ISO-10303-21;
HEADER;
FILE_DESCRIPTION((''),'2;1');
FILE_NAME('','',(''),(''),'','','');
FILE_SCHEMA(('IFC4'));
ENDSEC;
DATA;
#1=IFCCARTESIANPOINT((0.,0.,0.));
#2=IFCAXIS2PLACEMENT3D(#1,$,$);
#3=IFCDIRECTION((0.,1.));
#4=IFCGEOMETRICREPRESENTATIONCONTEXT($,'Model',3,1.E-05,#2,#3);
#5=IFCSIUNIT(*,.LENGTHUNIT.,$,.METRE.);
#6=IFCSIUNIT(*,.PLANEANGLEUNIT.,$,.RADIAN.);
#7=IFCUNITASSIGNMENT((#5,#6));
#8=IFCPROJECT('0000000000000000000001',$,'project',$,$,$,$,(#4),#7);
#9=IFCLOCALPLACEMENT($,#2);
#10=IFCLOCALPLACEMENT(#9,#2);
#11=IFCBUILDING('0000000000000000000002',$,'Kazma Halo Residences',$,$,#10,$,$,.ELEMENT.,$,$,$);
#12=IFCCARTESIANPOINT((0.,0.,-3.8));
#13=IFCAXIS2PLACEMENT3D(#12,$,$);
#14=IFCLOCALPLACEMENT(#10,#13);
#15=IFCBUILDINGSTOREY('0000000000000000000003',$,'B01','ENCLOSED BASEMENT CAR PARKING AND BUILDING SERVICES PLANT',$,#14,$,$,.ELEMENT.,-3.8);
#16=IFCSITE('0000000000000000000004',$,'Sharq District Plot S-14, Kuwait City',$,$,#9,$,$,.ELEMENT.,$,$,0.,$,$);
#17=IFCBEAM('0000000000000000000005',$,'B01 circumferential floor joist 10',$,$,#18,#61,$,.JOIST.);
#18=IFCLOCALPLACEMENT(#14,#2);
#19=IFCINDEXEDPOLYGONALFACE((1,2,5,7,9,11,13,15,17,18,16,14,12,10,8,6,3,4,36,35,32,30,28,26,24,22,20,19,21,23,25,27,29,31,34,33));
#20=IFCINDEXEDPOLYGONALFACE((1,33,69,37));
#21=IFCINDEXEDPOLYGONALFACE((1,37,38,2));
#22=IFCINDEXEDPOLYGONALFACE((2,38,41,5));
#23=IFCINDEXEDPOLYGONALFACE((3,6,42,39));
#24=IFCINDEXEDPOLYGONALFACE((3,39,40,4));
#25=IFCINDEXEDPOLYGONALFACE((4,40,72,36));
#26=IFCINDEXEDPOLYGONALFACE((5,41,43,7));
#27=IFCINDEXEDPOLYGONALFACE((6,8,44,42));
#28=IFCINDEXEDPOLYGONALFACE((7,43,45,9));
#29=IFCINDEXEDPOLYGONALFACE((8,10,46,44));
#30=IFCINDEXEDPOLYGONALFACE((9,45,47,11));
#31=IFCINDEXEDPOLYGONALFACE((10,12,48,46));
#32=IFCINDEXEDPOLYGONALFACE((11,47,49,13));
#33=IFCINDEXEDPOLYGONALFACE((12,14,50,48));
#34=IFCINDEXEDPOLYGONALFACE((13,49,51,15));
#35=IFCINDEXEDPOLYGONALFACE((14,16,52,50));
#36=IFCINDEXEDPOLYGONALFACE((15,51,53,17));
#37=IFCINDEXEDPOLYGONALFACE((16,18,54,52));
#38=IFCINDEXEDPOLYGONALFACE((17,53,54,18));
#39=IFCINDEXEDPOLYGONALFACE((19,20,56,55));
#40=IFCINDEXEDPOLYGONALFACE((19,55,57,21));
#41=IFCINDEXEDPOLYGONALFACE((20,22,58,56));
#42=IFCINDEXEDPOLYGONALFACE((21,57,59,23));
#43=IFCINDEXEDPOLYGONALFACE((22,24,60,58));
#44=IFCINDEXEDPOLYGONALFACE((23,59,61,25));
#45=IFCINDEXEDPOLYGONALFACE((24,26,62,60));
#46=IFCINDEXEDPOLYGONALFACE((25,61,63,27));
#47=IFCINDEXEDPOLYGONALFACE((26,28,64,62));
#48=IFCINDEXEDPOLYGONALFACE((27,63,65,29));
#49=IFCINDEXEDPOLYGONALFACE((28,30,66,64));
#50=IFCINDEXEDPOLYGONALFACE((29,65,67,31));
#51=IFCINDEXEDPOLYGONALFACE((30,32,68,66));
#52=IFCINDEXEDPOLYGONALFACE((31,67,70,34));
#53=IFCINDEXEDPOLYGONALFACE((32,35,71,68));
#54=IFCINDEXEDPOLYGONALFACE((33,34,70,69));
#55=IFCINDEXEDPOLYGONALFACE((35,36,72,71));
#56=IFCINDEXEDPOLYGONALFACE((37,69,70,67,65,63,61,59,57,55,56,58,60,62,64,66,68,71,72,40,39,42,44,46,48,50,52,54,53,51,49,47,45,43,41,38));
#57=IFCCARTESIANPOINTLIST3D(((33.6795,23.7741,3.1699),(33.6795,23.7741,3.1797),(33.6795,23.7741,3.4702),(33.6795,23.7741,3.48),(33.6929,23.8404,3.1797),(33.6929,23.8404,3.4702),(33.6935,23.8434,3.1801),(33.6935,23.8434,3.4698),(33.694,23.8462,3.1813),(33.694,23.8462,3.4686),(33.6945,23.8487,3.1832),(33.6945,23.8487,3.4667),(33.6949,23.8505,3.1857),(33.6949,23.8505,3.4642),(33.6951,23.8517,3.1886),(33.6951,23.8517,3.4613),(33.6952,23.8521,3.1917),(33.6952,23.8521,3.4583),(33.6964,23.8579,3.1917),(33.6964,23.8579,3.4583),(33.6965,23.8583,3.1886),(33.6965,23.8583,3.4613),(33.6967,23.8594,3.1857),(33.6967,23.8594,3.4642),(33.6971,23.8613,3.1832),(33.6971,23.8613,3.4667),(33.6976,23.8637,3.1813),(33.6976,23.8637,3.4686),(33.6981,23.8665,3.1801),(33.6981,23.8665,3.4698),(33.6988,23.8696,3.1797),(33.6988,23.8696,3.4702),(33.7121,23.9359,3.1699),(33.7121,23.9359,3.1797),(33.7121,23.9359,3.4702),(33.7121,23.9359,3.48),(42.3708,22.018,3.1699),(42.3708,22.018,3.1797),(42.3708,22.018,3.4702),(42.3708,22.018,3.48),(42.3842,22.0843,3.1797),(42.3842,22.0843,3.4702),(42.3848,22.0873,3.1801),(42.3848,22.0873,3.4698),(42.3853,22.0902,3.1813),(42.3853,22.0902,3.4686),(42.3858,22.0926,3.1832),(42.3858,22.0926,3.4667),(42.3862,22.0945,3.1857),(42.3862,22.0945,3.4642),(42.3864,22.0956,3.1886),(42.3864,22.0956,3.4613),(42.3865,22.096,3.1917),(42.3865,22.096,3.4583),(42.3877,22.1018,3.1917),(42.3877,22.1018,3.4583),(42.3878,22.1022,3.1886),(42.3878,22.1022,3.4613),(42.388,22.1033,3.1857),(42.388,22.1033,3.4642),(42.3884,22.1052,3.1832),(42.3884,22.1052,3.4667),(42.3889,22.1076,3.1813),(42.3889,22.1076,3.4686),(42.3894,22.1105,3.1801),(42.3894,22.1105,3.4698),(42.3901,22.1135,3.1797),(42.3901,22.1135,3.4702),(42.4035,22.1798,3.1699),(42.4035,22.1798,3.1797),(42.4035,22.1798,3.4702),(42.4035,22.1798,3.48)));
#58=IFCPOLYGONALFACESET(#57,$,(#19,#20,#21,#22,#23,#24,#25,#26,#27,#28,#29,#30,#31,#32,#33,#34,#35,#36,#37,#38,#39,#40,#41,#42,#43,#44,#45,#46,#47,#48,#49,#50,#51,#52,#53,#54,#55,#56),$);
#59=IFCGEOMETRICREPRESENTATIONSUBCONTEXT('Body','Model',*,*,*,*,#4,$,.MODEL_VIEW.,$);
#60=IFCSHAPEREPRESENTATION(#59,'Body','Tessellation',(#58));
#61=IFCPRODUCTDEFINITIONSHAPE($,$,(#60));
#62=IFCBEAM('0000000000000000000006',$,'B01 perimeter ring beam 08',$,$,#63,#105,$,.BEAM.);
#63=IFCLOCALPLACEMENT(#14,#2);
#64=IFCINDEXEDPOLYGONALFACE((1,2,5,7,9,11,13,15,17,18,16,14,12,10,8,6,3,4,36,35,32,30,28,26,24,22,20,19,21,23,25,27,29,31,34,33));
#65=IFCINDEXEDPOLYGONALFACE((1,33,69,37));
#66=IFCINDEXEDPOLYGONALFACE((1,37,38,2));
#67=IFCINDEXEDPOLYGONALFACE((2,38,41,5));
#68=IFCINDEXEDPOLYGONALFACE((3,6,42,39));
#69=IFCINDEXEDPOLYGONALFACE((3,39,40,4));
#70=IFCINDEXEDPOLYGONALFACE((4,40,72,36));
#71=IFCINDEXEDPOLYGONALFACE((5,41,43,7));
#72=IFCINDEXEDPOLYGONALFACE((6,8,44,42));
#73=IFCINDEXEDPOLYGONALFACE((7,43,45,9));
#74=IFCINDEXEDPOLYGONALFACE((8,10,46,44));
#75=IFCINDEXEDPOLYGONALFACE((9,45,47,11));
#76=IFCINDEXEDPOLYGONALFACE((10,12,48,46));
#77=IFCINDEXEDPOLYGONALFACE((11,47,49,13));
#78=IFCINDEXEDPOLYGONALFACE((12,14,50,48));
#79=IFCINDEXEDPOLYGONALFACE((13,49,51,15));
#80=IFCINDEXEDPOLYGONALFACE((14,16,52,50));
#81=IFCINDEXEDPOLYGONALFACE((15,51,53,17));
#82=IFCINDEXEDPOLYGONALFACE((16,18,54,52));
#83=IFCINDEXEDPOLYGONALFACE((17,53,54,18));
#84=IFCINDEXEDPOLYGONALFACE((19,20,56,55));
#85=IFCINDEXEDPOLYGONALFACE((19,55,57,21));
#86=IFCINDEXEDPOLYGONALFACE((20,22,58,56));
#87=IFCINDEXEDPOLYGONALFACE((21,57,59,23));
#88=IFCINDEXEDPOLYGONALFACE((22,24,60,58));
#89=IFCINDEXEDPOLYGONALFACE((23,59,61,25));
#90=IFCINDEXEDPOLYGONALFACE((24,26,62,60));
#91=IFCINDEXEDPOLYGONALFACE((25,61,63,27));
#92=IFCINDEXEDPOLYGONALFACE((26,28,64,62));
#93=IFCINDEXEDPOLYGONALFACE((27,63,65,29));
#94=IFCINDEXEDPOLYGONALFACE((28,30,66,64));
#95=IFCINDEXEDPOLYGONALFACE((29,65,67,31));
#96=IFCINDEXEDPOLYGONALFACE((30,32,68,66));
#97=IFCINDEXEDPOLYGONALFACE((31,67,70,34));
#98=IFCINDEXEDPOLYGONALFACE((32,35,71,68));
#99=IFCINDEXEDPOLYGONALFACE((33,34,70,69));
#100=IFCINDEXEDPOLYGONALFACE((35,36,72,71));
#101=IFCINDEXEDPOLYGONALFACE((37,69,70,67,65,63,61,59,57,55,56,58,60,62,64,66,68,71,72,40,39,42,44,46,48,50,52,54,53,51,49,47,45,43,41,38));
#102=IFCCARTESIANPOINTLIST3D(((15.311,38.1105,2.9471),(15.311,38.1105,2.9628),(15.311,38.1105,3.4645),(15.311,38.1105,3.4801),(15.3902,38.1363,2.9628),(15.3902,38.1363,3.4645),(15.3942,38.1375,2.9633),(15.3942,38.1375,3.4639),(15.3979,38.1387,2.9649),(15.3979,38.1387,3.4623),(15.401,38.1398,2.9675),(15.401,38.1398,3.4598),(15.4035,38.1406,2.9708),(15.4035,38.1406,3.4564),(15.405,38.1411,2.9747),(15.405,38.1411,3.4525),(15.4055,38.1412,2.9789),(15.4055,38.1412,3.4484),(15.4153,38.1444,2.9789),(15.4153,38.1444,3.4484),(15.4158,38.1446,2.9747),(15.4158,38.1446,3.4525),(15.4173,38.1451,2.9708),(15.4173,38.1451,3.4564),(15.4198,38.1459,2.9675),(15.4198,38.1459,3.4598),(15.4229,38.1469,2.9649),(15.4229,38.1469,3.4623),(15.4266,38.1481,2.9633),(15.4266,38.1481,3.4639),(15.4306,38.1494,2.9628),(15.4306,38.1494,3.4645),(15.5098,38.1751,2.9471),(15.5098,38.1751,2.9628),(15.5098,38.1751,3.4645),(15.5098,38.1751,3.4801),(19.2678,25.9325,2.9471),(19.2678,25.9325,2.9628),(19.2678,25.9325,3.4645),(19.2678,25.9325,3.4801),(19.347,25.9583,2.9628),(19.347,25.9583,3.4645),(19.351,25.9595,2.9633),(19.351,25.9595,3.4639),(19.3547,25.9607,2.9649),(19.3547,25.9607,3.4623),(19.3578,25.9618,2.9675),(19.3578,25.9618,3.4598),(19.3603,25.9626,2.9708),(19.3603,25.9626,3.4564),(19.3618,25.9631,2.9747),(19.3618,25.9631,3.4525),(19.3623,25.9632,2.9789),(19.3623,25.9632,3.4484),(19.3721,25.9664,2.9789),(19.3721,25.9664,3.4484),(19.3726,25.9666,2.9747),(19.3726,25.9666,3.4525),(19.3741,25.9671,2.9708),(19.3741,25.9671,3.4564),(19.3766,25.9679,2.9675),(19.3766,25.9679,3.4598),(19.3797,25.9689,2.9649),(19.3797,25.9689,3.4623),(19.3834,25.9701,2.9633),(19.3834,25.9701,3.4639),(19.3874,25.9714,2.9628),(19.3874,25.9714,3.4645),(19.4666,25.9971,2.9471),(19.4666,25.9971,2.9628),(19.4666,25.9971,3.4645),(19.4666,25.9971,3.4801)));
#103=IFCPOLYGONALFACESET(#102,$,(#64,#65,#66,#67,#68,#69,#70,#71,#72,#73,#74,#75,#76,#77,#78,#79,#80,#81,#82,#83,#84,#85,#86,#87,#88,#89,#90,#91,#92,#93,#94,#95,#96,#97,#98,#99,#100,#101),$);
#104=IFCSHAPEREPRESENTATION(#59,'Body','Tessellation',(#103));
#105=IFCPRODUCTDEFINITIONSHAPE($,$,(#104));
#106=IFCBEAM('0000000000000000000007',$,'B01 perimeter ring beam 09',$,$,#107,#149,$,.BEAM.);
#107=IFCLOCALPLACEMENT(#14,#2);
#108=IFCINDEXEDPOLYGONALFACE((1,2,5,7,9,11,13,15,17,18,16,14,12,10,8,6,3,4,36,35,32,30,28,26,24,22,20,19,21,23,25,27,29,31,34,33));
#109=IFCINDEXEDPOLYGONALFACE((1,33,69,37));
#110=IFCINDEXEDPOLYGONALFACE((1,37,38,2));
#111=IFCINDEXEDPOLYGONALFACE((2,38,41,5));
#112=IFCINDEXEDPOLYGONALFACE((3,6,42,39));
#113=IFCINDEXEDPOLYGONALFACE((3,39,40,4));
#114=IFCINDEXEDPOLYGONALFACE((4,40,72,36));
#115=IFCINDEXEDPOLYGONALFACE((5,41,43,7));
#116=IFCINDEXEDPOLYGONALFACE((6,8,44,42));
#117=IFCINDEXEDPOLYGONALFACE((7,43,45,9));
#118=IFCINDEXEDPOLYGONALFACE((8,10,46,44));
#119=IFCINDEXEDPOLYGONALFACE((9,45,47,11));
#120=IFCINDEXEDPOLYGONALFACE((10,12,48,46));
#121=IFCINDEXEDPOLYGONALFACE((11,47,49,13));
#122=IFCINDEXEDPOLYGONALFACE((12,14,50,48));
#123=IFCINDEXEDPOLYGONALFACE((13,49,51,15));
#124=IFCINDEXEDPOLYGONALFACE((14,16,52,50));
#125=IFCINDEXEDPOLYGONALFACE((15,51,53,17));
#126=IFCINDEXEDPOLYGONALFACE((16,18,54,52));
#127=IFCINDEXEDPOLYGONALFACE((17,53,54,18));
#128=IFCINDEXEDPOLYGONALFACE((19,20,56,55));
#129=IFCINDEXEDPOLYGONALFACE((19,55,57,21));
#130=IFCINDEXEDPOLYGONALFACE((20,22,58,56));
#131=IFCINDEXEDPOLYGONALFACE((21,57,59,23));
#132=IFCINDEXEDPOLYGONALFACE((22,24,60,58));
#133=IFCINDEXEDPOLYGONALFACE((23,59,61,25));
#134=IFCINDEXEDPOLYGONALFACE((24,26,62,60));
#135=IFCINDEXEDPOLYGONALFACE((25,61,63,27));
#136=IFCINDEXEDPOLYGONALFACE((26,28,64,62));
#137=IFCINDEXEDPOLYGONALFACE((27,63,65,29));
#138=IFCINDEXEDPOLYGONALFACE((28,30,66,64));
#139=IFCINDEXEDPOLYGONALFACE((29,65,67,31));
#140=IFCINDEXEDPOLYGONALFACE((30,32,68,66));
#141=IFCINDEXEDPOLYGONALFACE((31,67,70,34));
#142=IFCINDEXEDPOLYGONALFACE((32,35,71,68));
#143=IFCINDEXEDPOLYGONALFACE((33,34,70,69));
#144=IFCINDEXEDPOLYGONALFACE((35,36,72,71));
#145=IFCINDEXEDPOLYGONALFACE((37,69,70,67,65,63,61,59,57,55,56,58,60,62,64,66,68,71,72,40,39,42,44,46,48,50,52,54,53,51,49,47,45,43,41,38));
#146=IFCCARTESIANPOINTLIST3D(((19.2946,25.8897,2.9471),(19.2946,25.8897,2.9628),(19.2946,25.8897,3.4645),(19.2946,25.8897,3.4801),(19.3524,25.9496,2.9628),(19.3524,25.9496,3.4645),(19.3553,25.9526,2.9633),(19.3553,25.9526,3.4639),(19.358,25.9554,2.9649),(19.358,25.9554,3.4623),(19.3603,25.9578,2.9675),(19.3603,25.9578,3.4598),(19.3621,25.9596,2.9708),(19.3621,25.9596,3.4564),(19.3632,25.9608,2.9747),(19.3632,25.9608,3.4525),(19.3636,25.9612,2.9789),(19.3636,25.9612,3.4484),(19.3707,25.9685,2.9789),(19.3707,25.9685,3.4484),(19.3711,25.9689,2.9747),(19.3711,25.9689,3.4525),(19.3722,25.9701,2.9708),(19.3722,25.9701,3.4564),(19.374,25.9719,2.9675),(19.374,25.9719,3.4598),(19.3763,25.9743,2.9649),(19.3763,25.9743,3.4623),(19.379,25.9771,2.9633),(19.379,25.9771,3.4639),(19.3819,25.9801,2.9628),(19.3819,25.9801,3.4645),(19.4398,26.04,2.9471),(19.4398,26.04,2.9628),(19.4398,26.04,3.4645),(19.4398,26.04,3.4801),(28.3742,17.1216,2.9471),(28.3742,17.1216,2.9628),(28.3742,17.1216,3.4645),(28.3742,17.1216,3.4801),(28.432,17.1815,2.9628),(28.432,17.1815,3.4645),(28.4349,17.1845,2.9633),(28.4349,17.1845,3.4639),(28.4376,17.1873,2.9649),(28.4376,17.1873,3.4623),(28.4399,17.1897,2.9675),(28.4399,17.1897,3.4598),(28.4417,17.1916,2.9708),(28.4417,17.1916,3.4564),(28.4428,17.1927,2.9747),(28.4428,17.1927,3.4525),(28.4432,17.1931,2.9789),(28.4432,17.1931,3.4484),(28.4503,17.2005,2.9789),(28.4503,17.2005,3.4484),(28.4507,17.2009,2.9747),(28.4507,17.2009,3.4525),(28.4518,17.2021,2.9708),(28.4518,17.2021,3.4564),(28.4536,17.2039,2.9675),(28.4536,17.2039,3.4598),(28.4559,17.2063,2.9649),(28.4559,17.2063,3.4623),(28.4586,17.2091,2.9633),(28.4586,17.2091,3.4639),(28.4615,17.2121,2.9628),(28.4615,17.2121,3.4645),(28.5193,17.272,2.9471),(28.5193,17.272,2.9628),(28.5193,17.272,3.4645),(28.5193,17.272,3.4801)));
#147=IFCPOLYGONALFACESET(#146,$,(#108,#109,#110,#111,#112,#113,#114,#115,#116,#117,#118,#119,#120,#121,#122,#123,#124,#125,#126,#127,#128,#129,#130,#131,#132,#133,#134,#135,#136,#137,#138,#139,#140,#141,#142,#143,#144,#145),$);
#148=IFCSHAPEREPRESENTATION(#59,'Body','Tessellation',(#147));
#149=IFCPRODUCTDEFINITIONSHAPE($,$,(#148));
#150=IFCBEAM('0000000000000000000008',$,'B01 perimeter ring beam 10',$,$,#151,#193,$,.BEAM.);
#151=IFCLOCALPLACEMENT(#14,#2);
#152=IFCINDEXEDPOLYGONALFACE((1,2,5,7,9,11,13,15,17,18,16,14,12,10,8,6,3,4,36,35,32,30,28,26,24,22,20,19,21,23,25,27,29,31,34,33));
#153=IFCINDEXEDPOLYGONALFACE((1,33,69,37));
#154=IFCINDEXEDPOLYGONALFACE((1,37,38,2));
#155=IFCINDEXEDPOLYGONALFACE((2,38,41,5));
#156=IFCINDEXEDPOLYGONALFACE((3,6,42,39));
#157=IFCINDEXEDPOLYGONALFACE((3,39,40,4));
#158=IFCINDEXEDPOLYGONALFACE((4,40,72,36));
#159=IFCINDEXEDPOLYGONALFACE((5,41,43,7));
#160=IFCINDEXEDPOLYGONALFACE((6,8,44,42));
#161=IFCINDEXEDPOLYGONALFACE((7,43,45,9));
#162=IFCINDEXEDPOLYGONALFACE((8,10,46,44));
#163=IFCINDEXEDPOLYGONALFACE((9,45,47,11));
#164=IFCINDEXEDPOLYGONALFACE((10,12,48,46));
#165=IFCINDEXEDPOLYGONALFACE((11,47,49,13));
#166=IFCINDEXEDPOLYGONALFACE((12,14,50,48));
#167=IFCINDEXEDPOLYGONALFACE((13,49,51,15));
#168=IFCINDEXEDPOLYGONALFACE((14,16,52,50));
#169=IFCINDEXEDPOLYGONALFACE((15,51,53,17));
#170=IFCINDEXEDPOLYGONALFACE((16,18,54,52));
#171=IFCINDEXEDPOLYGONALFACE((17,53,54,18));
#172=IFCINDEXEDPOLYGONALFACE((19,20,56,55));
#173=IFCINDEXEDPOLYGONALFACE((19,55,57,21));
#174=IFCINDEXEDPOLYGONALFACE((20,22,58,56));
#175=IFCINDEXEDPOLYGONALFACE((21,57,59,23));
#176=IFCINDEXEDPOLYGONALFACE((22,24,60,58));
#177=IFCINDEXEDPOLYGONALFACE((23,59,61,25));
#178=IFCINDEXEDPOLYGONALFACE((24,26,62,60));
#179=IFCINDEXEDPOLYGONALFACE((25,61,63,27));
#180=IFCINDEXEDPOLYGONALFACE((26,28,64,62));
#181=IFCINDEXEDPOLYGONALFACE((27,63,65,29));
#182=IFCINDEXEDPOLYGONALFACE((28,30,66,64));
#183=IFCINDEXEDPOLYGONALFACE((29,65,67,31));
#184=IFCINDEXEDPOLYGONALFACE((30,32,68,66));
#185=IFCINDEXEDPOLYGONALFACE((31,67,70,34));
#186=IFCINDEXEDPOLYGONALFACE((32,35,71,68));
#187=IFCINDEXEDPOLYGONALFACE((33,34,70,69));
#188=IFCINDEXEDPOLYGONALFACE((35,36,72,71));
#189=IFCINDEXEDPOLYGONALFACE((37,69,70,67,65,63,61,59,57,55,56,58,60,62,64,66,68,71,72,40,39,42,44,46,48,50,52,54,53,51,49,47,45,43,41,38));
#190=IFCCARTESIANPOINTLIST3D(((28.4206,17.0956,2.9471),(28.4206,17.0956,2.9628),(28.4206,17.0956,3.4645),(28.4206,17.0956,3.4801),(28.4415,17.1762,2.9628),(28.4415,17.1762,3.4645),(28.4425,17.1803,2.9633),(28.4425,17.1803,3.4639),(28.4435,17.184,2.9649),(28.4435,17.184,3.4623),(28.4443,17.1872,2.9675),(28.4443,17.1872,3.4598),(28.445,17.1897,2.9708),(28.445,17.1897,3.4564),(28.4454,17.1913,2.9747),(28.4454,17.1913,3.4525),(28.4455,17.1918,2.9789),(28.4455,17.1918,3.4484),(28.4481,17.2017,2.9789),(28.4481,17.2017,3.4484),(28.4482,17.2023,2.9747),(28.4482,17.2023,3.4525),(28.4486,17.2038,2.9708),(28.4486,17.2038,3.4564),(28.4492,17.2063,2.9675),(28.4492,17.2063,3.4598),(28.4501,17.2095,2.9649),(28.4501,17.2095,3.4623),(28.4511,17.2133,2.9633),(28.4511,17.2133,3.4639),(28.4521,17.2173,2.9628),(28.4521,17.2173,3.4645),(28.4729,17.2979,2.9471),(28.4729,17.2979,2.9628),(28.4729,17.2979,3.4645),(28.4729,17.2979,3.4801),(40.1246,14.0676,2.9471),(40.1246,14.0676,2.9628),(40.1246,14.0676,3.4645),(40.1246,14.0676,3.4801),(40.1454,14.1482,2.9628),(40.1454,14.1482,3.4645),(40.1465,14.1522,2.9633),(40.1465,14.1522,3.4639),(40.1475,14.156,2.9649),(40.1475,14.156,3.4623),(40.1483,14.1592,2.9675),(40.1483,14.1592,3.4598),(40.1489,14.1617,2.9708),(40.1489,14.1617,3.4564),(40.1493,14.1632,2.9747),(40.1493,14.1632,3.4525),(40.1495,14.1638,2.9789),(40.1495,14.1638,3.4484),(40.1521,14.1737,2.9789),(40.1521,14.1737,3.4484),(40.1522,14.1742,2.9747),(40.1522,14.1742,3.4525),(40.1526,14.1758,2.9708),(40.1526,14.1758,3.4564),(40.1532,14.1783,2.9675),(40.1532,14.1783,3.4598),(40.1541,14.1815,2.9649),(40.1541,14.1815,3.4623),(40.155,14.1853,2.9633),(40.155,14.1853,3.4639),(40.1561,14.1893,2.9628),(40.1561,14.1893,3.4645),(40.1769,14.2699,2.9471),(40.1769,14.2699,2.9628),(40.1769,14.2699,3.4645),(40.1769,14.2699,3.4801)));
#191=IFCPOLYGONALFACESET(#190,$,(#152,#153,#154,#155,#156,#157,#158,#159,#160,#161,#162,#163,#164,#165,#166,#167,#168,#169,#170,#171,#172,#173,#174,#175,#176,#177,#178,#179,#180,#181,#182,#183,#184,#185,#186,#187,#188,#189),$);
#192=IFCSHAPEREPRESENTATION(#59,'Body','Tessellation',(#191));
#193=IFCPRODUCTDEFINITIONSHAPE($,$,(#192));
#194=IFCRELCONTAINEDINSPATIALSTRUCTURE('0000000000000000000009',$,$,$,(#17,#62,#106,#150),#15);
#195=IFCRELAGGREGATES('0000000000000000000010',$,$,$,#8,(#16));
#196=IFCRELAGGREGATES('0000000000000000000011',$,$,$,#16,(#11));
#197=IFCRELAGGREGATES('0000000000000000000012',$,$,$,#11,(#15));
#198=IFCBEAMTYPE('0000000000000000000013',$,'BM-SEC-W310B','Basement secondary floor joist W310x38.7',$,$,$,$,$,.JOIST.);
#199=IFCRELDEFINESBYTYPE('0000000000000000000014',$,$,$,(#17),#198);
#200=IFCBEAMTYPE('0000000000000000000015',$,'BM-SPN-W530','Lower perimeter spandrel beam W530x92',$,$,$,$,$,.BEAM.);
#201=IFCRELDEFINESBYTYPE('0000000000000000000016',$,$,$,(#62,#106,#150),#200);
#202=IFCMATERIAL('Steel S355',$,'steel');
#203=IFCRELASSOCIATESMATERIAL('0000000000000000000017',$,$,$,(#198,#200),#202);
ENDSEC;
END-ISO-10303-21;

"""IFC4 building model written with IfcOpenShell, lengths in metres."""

from ifc_helpers import new_model, si_unit, direction, frame, origin, origin_2d, place, context, subcontext, project, spatial, i_section, extrude, material, material_profile, profile_set, type_object, element, save


model = new_model("IFC4")

# Units and contexts
model_context = context("Model", 3, precision=1e-05, world=origin(), true_north=direction((0.0, 1.0)))
body_context = subcontext(model_context, "Body", "Model", "MODEL_VIEW")
ifc_project = project(units=[si_unit("LENGTHUNIT", "METRE"), si_unit("PLANEANGLEUNIT", "RADIAN")], contexts=[model_context])

# Site, building, storey
site_placement = place(None, origin())
site = spatial("IfcSite", under=ifc_project, at=site_placement, Name="Sharq District Plot S-14, Kuwait City", CompositionType="ELEMENT", RefElevation=0.0)
building_placement = place(site_placement, origin())
building = spatial("IfcBuilding", under=site, at=building_placement, Name="Kazma Halo Residences", CompositionType="ELEMENT")
storey_placement = place(building_placement, frame((0.0, 0.0, -3.8)))
storey = spatial("IfcBuildingStorey", under=building, at=storey_placement, Name="B01", Description="ENCLOSED BASEMENT CAR PARKING AND BUILDING SERVICES PLANT", CompositionType="ELEMENT", Elevation=-3.8)

# Beams
ifc_material_1 = material(Name="Steel S355", Category="steel")
ifc_material_profile_1 = material_profile(ifc_material_1, i_section(OverallWidth=0.165, OverallDepth=0.3101, WebThickness=0.0059, FlangeThickness=0.0098, FilletRadius=0.012, at=origin_2d()), Name="W310x38.7")
ifc_profile_set_1 = profile_set([ifc_material_profile_1], Name="Steel S355")
beam_type_1 = type_object("IfcBeamType", Name="BM-SEC-W310B", Description="Basement secondary floor joist W310x38.7", PredefinedType="JOIST", material=ifc_profile_set_1)
beam_1_placement = place(storey_placement, frame((33.6958, 23.855, 3.325), z_axis=(0.980192, -0.198048, 0.0), x_axis=(0.198048, 0.980192, 0.0)))
element("IfcBeam", 1, at=beam_1_placement, inside=storey, type_object=beam_type_1, Name="B01 circumferential floor joist 10", PredefinedType="JOIST", context=body_context, shape_type="SweptSolid", body=[
    extrude(i_section(OverallWidth=0.165, OverallDepth=0.3101, WebThickness=0.0059, FlangeThickness=0.0098, FilletRadius=0.012, at=origin_2d()), origin(), (0.0, 0.0, 1.0), 8.8669),
])
ifc_material_profile_2 = material_profile(ifc_material_1, i_section(OverallWidth=0.209, OverallDepth=0.533, WebThickness=0.0103, FlangeThickness=0.0156, FilletRadius=0.0161, at=origin_2d()), Name="W530x92")
ifc_profile_set_2 = profile_set([ifc_material_profile_2], Name="Steel S355")
beam_type_2 = type_object("IfcBeamType", Name="BM-SPN-W530", Description="Lower perimeter spandrel beam W530x92", PredefinedType="BEAM", material=ifc_profile_set_2)
beam_2_placement = place(storey_placement, frame((15.4104, 38.1428, 3.2136), z_axis=(0.309011, -0.951058, 0.0), x_axis=(0.951058, 0.309011, 0.0)))
element("IfcBeam", 2, at=beam_2_placement, inside=storey, type_object=beam_type_2, Name="B01 perimeter ring beam 08", PredefinedType="BEAM", context=body_context, shape_type="SweptSolid", body=[
    extrude(i_section(OverallWidth=0.209, OverallDepth=0.533, WebThickness=0.0103, FlangeThickness=0.0156, FilletRadius=0.0161, at=origin_2d()), origin(), (0.0, 0.0, 1.0), 12.8047),
])
beam_3_placement = place(storey_placement, frame((19.3672, 25.9648, 3.2136), z_axis=(0.719339, -0.694659, 0.0), x_axis=(0.694659, 0.719339, 0.0)))
element("IfcBeam", 3, at=beam_3_placement, inside=storey, type_object=beam_type_2, Name="B01 perimeter ring beam 09", PredefinedType="BEAM", context=body_context, shape_type="SweptSolid", body=[
    extrude(i_section(OverallWidth=0.209, OverallDepth=0.533, WebThickness=0.0103, FlangeThickness=0.0156, FilletRadius=0.0161, at=origin_2d()), origin(), (0.0, 0.0, 1.0), 12.6221),
])
beam_4_placement = place(storey_placement, frame((28.4468, 17.1968, 3.2136), z_axis=(0.968124, -0.250472, 0.0), x_axis=(0.250472, 0.968124, 0.0)))
element("IfcBeam", 4, at=beam_4_placement, inside=storey, type_object=beam_type_2, Name="B01 perimeter ring beam 10", PredefinedType="BEAM", context=body_context, shape_type="SweptSolid", body=[
    extrude(i_section(OverallWidth=0.209, OverallDepth=0.533, WebThickness=0.0103, FlangeThickness=0.0156, FilletRadius=0.0161, at=origin_2d()), origin(), (0.0, 0.0, 1.0), 12.0894),
])

save(model, "model.ifc")
